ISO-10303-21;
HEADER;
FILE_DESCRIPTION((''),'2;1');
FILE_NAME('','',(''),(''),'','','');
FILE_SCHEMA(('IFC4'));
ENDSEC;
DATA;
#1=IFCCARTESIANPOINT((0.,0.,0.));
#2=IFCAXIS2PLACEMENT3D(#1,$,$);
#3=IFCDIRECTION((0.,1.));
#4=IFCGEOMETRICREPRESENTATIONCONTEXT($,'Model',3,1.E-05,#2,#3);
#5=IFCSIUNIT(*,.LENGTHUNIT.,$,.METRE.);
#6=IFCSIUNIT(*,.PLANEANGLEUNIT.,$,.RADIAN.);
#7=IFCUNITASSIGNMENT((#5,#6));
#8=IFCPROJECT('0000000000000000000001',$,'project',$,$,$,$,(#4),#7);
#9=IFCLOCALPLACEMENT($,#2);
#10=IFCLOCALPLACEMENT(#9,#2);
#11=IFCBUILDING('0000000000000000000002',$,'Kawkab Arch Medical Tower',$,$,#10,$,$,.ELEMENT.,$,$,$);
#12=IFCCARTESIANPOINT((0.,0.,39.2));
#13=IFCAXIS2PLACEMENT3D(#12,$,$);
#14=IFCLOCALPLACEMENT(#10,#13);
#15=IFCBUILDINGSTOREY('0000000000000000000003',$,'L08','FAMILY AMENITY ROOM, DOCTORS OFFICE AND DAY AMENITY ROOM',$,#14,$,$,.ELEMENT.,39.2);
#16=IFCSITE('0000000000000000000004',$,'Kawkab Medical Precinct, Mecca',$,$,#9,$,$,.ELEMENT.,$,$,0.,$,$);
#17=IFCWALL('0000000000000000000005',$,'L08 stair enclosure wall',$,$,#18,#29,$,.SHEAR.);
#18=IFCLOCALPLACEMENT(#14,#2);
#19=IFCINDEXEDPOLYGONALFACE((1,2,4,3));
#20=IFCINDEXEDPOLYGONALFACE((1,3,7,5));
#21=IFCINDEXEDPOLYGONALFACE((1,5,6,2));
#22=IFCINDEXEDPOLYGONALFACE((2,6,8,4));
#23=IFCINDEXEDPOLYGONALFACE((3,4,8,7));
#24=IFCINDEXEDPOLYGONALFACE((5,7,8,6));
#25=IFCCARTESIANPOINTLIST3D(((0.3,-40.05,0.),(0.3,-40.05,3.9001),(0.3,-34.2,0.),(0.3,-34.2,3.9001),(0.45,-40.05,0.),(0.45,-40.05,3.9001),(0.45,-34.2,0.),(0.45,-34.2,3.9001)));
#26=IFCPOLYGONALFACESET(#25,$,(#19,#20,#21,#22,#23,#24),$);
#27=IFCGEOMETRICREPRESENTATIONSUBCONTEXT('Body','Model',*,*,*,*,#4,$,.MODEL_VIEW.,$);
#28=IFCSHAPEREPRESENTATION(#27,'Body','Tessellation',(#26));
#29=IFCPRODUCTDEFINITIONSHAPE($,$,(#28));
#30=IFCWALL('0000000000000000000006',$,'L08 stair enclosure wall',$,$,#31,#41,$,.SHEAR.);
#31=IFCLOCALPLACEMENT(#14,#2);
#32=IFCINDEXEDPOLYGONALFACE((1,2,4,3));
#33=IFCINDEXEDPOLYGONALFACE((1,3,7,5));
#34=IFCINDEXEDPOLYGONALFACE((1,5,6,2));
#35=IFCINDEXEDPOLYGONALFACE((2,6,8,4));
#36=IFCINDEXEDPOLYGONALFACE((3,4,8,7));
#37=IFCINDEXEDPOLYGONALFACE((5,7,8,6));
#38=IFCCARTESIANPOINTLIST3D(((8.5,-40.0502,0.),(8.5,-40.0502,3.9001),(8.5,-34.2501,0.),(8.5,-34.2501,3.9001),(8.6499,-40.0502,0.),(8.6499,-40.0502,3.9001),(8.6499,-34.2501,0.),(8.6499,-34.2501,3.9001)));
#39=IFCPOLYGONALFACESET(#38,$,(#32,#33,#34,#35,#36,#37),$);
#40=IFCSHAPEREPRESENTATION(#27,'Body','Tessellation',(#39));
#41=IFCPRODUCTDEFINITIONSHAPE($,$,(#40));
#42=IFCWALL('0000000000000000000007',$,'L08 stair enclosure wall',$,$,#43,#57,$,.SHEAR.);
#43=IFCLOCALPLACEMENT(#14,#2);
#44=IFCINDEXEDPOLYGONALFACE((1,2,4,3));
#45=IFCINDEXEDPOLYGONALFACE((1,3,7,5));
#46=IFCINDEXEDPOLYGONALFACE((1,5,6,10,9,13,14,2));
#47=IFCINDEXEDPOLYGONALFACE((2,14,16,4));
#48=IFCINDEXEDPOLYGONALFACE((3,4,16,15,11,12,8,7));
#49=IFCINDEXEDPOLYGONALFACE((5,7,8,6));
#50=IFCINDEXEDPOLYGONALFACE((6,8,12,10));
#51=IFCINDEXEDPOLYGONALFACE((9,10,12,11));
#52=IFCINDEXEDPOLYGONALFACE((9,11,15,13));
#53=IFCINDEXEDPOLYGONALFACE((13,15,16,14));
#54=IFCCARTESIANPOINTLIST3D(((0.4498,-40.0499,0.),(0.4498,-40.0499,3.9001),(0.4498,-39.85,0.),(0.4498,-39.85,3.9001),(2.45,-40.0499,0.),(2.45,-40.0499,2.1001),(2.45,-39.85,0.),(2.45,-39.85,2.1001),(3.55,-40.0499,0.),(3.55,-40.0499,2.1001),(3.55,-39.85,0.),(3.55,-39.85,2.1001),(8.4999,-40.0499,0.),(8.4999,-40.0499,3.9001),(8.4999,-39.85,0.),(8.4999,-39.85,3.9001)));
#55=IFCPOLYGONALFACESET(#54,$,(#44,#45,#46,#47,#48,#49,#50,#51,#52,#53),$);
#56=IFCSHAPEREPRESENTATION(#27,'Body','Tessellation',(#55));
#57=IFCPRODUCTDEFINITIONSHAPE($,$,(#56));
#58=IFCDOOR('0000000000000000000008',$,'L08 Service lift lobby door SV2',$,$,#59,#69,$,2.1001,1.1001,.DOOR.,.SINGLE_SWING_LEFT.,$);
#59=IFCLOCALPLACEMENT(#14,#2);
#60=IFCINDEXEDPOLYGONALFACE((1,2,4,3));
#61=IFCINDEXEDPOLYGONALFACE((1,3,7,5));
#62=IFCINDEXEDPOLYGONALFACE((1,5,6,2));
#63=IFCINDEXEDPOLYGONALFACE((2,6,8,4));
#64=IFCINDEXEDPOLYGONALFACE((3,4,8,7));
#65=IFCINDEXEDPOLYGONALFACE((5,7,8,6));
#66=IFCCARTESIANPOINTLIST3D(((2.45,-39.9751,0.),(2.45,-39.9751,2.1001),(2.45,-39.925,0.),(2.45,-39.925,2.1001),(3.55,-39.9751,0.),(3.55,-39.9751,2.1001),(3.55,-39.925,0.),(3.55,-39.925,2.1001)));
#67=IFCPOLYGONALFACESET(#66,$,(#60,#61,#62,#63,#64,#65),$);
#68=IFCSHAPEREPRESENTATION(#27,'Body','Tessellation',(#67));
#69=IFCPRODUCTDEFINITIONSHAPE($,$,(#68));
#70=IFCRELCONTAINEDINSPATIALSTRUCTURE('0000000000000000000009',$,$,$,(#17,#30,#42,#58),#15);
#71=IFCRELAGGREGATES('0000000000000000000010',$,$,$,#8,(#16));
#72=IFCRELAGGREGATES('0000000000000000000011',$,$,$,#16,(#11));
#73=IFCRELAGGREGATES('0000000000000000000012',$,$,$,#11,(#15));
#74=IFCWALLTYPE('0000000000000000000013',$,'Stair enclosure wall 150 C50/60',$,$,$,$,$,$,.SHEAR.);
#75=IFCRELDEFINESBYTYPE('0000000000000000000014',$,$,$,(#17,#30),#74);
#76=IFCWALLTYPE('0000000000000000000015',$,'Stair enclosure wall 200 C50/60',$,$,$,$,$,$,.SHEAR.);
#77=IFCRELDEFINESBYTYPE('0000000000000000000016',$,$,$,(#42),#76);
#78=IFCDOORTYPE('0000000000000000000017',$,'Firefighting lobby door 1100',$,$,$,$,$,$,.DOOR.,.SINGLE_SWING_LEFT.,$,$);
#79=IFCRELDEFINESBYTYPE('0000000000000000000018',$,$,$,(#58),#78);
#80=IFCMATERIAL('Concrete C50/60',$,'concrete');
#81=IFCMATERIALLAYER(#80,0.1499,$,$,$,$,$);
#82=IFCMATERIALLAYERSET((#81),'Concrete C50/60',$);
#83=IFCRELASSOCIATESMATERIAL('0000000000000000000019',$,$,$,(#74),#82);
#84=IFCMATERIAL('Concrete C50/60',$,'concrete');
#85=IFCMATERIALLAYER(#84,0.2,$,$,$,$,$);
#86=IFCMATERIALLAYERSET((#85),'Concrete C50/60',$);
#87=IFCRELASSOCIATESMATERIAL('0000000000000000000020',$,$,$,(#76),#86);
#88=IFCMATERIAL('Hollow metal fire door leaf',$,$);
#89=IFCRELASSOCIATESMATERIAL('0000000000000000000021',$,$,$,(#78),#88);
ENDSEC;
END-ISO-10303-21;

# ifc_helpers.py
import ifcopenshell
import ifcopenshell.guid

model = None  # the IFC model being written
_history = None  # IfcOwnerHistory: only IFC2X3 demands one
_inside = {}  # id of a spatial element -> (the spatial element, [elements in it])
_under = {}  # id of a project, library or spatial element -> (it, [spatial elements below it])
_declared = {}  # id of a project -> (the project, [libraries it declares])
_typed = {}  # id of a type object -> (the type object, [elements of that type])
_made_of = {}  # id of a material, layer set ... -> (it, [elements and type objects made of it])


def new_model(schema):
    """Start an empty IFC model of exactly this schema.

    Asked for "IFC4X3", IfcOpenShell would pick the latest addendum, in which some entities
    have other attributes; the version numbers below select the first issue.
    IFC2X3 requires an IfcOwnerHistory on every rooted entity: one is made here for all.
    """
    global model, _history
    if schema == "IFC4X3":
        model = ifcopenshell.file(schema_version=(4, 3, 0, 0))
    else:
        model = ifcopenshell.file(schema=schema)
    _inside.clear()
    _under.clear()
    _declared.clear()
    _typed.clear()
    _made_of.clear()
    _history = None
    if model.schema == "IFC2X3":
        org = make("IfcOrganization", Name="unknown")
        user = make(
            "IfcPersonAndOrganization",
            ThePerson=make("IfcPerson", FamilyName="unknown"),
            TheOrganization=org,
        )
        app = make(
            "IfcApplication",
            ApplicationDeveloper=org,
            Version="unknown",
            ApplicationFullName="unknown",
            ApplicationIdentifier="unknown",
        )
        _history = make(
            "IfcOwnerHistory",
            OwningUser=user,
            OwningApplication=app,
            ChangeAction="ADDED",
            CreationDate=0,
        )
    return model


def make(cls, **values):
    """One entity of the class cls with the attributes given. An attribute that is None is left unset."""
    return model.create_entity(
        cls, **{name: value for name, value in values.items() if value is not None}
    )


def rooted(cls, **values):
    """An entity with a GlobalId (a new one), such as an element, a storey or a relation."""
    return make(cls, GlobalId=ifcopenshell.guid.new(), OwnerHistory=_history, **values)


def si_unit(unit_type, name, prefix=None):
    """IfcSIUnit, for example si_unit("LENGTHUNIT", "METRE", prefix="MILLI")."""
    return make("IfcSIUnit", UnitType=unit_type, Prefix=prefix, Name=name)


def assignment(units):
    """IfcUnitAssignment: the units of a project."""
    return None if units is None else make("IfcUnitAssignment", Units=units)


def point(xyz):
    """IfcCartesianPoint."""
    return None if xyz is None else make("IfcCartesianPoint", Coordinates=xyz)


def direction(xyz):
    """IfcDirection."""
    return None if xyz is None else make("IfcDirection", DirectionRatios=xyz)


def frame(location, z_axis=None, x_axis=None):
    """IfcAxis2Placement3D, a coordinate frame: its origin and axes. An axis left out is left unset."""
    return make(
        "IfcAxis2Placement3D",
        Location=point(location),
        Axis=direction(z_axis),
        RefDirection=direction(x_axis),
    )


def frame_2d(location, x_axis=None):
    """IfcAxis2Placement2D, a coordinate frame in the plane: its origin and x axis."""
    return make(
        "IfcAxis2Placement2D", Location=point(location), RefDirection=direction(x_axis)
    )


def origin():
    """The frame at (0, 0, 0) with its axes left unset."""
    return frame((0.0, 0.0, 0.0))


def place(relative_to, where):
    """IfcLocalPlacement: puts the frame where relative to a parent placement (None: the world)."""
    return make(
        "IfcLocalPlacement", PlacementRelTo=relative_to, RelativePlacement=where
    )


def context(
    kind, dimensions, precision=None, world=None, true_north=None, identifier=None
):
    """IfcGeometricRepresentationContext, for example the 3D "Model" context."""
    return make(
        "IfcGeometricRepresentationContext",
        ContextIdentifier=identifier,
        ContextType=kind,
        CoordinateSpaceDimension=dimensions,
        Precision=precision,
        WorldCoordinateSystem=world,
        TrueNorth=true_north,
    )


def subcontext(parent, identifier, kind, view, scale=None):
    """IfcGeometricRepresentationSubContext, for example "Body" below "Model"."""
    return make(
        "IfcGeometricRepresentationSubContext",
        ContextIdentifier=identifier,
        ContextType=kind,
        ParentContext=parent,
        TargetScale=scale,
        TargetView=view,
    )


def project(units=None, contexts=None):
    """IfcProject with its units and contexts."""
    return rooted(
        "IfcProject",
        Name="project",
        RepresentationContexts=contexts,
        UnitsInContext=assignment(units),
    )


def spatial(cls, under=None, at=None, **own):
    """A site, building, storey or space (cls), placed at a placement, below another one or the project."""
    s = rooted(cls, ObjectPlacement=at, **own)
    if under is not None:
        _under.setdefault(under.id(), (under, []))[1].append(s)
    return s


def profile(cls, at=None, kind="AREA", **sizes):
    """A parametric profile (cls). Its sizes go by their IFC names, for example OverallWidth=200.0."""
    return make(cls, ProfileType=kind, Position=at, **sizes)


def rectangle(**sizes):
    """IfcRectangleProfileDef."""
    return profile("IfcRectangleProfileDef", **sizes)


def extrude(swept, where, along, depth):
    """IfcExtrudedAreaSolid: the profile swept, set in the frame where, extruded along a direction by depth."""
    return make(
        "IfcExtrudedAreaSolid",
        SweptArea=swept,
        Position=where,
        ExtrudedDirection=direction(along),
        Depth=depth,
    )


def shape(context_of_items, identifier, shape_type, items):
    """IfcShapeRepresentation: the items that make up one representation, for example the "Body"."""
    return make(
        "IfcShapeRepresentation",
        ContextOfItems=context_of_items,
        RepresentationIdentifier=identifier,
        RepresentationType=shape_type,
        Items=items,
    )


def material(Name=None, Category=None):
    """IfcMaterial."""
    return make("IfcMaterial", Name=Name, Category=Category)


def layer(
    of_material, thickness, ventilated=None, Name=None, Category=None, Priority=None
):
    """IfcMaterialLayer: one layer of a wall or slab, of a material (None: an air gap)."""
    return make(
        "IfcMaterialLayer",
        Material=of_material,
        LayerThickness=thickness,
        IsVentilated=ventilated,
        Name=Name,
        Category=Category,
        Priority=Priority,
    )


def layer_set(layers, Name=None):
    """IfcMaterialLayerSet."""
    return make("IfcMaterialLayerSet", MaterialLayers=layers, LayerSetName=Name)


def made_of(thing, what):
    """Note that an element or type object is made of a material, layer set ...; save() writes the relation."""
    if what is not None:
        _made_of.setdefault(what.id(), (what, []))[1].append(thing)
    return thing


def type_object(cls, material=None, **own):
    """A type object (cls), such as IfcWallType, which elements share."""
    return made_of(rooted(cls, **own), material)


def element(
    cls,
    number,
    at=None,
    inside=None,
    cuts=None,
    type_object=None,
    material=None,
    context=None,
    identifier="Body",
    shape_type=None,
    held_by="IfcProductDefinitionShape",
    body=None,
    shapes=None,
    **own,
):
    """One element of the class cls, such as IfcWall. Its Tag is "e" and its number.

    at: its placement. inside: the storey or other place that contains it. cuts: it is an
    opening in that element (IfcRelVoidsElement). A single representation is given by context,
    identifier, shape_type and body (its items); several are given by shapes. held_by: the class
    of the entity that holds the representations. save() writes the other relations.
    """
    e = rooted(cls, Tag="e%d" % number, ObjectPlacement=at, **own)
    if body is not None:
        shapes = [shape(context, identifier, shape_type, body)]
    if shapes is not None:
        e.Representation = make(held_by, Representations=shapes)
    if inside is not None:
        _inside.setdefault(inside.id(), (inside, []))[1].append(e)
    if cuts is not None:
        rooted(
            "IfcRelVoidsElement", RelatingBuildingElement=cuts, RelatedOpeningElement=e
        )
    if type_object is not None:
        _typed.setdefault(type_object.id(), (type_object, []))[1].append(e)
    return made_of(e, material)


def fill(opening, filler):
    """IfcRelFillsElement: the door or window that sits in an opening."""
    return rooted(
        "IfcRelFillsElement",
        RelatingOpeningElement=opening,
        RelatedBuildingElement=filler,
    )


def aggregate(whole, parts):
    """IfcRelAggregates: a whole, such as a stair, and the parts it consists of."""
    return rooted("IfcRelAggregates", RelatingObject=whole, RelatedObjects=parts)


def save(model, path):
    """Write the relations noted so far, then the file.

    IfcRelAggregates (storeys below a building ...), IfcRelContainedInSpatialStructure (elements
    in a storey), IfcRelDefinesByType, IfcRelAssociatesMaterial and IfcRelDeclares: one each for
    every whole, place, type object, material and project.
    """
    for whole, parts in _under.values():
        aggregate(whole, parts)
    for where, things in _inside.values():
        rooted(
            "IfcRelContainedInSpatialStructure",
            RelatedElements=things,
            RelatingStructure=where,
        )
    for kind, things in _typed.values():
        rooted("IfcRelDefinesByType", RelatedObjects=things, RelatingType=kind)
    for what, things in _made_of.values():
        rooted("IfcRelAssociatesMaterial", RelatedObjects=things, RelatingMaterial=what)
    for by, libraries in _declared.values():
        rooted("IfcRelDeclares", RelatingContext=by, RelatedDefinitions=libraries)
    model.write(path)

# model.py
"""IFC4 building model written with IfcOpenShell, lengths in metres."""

from ifc_helpers import new_model, si_unit, direction, frame, frame_2d, origin, place, context, subcontext, project, spatial, rectangle, extrude, material, layer, layer_set, type_object, element, fill, save


model = new_model("IFC4")

# Units and contexts
model_context = context("Model", 3, precision=1e-05, world=origin(), true_north=direction((0.0, 1.0)))
body_context = subcontext(model_context, "Body", "Model", "MODEL_VIEW")
ifc_project = project(units=[si_unit("LENGTHUNIT", "METRE"), si_unit("PLANEANGLEUNIT", "RADIAN")], contexts=[model_context])

# Site, building, storey
site_placement = place(None, origin())
site = spatial("IfcSite", under=ifc_project, at=site_placement, Name="Kawkab Medical Precinct, Mecca", CompositionType="ELEMENT", RefElevation=0.0)
building_placement = place(site_placement, origin())
building = spatial("IfcBuilding", under=site, at=building_placement, Name="Kawkab Arch Medical Tower", CompositionType="ELEMENT")
storey_placement = place(building_placement, frame((0.0, 0.0, 39.2)))
storey = spatial("IfcBuildingStorey", under=building, at=storey_placement, Name="L08", Description="FAMILY AMENITY ROOM, DOCTORS OFFICE AND DAY AMENITY ROOM", CompositionType="ELEMENT", Elevation=39.2)

# Walls
ifc_material_1 = material(Name="Concrete C50/60", Category="concrete")
ifc_layer_1 = layer(ifc_material_1, 0.1499)
ifc_layer_set_1 = layer_set([ifc_layer_1], Name="Concrete C50/60")
wall_type_1 = type_object("IfcWallType", Name="Stair enclosure wall 150 C50/60", PredefinedType="SHEAR", material=ifc_layer_set_1)
wall_1_placement = place(storey_placement, frame((0.375, -40.05, 0.0), z_axis=(0.0, 0.0, 1.0), x_axis=(0.0, 1.0, 0.0)))
element("IfcWall", 1, at=wall_1_placement, inside=storey, type_object=wall_type_1, Name="L08 stair enclosure wall", PredefinedType="SHEAR", context=body_context, shape_type="SweptSolid", body=[
    extrude(rectangle(XDim=5.8501, YDim=0.1499, at=frame_2d((2.925, 0.0))), origin(), (0.0, 0.0, 1.0), 3.9001),
])
wall_2_placement = place(storey_placement, frame((8.575, -40.05, 0.0), z_axis=(0.0, 0.0, 1.0), x_axis=(0.0, 1.0, 0.0)))
element("IfcWall", 2, at=wall_2_placement, inside=storey, type_object=wall_type_1, Name="L08 stair enclosure wall", PredefinedType="SHEAR", context=body_context, shape_type="SweptSolid", body=[
    extrude(rectangle(XDim=5.8, YDim=0.1499, at=frame_2d((2.8999, 0.0))), origin(), (0.0, 0.0, 1.0), 3.9001),
])

# Wall, opening, door
ifc_material_2 = material(Name="Concrete C50/60", Category="concrete")
ifc_layer_2 = layer(ifc_material_2, 0.2)
ifc_layer_set_2 = layer_set([ifc_layer_2], Name="Concrete C50/60")
wall_type_2 = type_object("IfcWallType", Name="Stair enclosure wall 200 C50/60", PredefinedType="SHEAR", material=ifc_layer_set_2)
wall_3_placement = place(storey_placement, frame((0.45, -39.95, 0.0), z_axis=(0.0, 0.0, 1.0), x_axis=(1.0, 0.0, 0.0)))
wall_3 = element("IfcWall", 3, at=wall_3_placement, inside=storey, type_object=wall_type_2, Name="L08 stair enclosure wall", PredefinedType="SHEAR", context=body_context, shape_type="SweptSolid", body=[
    extrude(rectangle(XDim=8.05, YDim=0.2, at=frame_2d((4.0249, 0.0))), origin(), (0.0, 0.0, 1.0), 3.9001),
])
opening_1_placement = place(wall_3_placement, frame((2.0, 0.0, 0.0)))
opening_1 = element("IfcOpeningElement", 4, at=opening_1_placement, cuts=wall_3, PredefinedType="OPENING", context=body_context, shape_type="SweptSolid", body=[
    extrude(rectangle(XDim=1.1001, YDim=2.1001, at=frame_2d((0.55, 1.05))), frame((0.0, 0.1099, 0.0), z_axis=(0.0, -1.0, 0.0), x_axis=(1.0, 0.0, 0.0)), (0.0, 0.0, 1.0), 0.22),
])
ifc_material_3 = material(Name="Hollow metal fire door leaf")
door_type_1 = type_object("IfcDoorType", Name="Firefighting lobby door 1100", OperationType="SINGLE_SWING_LEFT", PredefinedType="DOOR", material=ifc_material_3)
door_1_placement = place(opening_1_placement, origin())
door_1 = element("IfcDoor", 5, at=door_1_placement, inside=storey, type_object=door_type_1, Name="L08 Service lift lobby door SV2", OperationType="SINGLE_SWING_LEFT", OverallHeight=2.1001, OverallWidth=1.1001, PredefinedType="DOOR", context=body_context, shape_type="SweptSolid", body=[
    extrude(rectangle(XDim=1.1001, YDim=2.1001, at=frame_2d((0.55, 1.05))), frame((0.0, 0.0249, 0.0), z_axis=(0.0, -1.0, 0.0), x_axis=(1.0, 0.0, 0.0)), (0.0, 0.0, 1.0), 0.05),
])
fill(opening_1, door_1)

save(model, "model.ifc")
